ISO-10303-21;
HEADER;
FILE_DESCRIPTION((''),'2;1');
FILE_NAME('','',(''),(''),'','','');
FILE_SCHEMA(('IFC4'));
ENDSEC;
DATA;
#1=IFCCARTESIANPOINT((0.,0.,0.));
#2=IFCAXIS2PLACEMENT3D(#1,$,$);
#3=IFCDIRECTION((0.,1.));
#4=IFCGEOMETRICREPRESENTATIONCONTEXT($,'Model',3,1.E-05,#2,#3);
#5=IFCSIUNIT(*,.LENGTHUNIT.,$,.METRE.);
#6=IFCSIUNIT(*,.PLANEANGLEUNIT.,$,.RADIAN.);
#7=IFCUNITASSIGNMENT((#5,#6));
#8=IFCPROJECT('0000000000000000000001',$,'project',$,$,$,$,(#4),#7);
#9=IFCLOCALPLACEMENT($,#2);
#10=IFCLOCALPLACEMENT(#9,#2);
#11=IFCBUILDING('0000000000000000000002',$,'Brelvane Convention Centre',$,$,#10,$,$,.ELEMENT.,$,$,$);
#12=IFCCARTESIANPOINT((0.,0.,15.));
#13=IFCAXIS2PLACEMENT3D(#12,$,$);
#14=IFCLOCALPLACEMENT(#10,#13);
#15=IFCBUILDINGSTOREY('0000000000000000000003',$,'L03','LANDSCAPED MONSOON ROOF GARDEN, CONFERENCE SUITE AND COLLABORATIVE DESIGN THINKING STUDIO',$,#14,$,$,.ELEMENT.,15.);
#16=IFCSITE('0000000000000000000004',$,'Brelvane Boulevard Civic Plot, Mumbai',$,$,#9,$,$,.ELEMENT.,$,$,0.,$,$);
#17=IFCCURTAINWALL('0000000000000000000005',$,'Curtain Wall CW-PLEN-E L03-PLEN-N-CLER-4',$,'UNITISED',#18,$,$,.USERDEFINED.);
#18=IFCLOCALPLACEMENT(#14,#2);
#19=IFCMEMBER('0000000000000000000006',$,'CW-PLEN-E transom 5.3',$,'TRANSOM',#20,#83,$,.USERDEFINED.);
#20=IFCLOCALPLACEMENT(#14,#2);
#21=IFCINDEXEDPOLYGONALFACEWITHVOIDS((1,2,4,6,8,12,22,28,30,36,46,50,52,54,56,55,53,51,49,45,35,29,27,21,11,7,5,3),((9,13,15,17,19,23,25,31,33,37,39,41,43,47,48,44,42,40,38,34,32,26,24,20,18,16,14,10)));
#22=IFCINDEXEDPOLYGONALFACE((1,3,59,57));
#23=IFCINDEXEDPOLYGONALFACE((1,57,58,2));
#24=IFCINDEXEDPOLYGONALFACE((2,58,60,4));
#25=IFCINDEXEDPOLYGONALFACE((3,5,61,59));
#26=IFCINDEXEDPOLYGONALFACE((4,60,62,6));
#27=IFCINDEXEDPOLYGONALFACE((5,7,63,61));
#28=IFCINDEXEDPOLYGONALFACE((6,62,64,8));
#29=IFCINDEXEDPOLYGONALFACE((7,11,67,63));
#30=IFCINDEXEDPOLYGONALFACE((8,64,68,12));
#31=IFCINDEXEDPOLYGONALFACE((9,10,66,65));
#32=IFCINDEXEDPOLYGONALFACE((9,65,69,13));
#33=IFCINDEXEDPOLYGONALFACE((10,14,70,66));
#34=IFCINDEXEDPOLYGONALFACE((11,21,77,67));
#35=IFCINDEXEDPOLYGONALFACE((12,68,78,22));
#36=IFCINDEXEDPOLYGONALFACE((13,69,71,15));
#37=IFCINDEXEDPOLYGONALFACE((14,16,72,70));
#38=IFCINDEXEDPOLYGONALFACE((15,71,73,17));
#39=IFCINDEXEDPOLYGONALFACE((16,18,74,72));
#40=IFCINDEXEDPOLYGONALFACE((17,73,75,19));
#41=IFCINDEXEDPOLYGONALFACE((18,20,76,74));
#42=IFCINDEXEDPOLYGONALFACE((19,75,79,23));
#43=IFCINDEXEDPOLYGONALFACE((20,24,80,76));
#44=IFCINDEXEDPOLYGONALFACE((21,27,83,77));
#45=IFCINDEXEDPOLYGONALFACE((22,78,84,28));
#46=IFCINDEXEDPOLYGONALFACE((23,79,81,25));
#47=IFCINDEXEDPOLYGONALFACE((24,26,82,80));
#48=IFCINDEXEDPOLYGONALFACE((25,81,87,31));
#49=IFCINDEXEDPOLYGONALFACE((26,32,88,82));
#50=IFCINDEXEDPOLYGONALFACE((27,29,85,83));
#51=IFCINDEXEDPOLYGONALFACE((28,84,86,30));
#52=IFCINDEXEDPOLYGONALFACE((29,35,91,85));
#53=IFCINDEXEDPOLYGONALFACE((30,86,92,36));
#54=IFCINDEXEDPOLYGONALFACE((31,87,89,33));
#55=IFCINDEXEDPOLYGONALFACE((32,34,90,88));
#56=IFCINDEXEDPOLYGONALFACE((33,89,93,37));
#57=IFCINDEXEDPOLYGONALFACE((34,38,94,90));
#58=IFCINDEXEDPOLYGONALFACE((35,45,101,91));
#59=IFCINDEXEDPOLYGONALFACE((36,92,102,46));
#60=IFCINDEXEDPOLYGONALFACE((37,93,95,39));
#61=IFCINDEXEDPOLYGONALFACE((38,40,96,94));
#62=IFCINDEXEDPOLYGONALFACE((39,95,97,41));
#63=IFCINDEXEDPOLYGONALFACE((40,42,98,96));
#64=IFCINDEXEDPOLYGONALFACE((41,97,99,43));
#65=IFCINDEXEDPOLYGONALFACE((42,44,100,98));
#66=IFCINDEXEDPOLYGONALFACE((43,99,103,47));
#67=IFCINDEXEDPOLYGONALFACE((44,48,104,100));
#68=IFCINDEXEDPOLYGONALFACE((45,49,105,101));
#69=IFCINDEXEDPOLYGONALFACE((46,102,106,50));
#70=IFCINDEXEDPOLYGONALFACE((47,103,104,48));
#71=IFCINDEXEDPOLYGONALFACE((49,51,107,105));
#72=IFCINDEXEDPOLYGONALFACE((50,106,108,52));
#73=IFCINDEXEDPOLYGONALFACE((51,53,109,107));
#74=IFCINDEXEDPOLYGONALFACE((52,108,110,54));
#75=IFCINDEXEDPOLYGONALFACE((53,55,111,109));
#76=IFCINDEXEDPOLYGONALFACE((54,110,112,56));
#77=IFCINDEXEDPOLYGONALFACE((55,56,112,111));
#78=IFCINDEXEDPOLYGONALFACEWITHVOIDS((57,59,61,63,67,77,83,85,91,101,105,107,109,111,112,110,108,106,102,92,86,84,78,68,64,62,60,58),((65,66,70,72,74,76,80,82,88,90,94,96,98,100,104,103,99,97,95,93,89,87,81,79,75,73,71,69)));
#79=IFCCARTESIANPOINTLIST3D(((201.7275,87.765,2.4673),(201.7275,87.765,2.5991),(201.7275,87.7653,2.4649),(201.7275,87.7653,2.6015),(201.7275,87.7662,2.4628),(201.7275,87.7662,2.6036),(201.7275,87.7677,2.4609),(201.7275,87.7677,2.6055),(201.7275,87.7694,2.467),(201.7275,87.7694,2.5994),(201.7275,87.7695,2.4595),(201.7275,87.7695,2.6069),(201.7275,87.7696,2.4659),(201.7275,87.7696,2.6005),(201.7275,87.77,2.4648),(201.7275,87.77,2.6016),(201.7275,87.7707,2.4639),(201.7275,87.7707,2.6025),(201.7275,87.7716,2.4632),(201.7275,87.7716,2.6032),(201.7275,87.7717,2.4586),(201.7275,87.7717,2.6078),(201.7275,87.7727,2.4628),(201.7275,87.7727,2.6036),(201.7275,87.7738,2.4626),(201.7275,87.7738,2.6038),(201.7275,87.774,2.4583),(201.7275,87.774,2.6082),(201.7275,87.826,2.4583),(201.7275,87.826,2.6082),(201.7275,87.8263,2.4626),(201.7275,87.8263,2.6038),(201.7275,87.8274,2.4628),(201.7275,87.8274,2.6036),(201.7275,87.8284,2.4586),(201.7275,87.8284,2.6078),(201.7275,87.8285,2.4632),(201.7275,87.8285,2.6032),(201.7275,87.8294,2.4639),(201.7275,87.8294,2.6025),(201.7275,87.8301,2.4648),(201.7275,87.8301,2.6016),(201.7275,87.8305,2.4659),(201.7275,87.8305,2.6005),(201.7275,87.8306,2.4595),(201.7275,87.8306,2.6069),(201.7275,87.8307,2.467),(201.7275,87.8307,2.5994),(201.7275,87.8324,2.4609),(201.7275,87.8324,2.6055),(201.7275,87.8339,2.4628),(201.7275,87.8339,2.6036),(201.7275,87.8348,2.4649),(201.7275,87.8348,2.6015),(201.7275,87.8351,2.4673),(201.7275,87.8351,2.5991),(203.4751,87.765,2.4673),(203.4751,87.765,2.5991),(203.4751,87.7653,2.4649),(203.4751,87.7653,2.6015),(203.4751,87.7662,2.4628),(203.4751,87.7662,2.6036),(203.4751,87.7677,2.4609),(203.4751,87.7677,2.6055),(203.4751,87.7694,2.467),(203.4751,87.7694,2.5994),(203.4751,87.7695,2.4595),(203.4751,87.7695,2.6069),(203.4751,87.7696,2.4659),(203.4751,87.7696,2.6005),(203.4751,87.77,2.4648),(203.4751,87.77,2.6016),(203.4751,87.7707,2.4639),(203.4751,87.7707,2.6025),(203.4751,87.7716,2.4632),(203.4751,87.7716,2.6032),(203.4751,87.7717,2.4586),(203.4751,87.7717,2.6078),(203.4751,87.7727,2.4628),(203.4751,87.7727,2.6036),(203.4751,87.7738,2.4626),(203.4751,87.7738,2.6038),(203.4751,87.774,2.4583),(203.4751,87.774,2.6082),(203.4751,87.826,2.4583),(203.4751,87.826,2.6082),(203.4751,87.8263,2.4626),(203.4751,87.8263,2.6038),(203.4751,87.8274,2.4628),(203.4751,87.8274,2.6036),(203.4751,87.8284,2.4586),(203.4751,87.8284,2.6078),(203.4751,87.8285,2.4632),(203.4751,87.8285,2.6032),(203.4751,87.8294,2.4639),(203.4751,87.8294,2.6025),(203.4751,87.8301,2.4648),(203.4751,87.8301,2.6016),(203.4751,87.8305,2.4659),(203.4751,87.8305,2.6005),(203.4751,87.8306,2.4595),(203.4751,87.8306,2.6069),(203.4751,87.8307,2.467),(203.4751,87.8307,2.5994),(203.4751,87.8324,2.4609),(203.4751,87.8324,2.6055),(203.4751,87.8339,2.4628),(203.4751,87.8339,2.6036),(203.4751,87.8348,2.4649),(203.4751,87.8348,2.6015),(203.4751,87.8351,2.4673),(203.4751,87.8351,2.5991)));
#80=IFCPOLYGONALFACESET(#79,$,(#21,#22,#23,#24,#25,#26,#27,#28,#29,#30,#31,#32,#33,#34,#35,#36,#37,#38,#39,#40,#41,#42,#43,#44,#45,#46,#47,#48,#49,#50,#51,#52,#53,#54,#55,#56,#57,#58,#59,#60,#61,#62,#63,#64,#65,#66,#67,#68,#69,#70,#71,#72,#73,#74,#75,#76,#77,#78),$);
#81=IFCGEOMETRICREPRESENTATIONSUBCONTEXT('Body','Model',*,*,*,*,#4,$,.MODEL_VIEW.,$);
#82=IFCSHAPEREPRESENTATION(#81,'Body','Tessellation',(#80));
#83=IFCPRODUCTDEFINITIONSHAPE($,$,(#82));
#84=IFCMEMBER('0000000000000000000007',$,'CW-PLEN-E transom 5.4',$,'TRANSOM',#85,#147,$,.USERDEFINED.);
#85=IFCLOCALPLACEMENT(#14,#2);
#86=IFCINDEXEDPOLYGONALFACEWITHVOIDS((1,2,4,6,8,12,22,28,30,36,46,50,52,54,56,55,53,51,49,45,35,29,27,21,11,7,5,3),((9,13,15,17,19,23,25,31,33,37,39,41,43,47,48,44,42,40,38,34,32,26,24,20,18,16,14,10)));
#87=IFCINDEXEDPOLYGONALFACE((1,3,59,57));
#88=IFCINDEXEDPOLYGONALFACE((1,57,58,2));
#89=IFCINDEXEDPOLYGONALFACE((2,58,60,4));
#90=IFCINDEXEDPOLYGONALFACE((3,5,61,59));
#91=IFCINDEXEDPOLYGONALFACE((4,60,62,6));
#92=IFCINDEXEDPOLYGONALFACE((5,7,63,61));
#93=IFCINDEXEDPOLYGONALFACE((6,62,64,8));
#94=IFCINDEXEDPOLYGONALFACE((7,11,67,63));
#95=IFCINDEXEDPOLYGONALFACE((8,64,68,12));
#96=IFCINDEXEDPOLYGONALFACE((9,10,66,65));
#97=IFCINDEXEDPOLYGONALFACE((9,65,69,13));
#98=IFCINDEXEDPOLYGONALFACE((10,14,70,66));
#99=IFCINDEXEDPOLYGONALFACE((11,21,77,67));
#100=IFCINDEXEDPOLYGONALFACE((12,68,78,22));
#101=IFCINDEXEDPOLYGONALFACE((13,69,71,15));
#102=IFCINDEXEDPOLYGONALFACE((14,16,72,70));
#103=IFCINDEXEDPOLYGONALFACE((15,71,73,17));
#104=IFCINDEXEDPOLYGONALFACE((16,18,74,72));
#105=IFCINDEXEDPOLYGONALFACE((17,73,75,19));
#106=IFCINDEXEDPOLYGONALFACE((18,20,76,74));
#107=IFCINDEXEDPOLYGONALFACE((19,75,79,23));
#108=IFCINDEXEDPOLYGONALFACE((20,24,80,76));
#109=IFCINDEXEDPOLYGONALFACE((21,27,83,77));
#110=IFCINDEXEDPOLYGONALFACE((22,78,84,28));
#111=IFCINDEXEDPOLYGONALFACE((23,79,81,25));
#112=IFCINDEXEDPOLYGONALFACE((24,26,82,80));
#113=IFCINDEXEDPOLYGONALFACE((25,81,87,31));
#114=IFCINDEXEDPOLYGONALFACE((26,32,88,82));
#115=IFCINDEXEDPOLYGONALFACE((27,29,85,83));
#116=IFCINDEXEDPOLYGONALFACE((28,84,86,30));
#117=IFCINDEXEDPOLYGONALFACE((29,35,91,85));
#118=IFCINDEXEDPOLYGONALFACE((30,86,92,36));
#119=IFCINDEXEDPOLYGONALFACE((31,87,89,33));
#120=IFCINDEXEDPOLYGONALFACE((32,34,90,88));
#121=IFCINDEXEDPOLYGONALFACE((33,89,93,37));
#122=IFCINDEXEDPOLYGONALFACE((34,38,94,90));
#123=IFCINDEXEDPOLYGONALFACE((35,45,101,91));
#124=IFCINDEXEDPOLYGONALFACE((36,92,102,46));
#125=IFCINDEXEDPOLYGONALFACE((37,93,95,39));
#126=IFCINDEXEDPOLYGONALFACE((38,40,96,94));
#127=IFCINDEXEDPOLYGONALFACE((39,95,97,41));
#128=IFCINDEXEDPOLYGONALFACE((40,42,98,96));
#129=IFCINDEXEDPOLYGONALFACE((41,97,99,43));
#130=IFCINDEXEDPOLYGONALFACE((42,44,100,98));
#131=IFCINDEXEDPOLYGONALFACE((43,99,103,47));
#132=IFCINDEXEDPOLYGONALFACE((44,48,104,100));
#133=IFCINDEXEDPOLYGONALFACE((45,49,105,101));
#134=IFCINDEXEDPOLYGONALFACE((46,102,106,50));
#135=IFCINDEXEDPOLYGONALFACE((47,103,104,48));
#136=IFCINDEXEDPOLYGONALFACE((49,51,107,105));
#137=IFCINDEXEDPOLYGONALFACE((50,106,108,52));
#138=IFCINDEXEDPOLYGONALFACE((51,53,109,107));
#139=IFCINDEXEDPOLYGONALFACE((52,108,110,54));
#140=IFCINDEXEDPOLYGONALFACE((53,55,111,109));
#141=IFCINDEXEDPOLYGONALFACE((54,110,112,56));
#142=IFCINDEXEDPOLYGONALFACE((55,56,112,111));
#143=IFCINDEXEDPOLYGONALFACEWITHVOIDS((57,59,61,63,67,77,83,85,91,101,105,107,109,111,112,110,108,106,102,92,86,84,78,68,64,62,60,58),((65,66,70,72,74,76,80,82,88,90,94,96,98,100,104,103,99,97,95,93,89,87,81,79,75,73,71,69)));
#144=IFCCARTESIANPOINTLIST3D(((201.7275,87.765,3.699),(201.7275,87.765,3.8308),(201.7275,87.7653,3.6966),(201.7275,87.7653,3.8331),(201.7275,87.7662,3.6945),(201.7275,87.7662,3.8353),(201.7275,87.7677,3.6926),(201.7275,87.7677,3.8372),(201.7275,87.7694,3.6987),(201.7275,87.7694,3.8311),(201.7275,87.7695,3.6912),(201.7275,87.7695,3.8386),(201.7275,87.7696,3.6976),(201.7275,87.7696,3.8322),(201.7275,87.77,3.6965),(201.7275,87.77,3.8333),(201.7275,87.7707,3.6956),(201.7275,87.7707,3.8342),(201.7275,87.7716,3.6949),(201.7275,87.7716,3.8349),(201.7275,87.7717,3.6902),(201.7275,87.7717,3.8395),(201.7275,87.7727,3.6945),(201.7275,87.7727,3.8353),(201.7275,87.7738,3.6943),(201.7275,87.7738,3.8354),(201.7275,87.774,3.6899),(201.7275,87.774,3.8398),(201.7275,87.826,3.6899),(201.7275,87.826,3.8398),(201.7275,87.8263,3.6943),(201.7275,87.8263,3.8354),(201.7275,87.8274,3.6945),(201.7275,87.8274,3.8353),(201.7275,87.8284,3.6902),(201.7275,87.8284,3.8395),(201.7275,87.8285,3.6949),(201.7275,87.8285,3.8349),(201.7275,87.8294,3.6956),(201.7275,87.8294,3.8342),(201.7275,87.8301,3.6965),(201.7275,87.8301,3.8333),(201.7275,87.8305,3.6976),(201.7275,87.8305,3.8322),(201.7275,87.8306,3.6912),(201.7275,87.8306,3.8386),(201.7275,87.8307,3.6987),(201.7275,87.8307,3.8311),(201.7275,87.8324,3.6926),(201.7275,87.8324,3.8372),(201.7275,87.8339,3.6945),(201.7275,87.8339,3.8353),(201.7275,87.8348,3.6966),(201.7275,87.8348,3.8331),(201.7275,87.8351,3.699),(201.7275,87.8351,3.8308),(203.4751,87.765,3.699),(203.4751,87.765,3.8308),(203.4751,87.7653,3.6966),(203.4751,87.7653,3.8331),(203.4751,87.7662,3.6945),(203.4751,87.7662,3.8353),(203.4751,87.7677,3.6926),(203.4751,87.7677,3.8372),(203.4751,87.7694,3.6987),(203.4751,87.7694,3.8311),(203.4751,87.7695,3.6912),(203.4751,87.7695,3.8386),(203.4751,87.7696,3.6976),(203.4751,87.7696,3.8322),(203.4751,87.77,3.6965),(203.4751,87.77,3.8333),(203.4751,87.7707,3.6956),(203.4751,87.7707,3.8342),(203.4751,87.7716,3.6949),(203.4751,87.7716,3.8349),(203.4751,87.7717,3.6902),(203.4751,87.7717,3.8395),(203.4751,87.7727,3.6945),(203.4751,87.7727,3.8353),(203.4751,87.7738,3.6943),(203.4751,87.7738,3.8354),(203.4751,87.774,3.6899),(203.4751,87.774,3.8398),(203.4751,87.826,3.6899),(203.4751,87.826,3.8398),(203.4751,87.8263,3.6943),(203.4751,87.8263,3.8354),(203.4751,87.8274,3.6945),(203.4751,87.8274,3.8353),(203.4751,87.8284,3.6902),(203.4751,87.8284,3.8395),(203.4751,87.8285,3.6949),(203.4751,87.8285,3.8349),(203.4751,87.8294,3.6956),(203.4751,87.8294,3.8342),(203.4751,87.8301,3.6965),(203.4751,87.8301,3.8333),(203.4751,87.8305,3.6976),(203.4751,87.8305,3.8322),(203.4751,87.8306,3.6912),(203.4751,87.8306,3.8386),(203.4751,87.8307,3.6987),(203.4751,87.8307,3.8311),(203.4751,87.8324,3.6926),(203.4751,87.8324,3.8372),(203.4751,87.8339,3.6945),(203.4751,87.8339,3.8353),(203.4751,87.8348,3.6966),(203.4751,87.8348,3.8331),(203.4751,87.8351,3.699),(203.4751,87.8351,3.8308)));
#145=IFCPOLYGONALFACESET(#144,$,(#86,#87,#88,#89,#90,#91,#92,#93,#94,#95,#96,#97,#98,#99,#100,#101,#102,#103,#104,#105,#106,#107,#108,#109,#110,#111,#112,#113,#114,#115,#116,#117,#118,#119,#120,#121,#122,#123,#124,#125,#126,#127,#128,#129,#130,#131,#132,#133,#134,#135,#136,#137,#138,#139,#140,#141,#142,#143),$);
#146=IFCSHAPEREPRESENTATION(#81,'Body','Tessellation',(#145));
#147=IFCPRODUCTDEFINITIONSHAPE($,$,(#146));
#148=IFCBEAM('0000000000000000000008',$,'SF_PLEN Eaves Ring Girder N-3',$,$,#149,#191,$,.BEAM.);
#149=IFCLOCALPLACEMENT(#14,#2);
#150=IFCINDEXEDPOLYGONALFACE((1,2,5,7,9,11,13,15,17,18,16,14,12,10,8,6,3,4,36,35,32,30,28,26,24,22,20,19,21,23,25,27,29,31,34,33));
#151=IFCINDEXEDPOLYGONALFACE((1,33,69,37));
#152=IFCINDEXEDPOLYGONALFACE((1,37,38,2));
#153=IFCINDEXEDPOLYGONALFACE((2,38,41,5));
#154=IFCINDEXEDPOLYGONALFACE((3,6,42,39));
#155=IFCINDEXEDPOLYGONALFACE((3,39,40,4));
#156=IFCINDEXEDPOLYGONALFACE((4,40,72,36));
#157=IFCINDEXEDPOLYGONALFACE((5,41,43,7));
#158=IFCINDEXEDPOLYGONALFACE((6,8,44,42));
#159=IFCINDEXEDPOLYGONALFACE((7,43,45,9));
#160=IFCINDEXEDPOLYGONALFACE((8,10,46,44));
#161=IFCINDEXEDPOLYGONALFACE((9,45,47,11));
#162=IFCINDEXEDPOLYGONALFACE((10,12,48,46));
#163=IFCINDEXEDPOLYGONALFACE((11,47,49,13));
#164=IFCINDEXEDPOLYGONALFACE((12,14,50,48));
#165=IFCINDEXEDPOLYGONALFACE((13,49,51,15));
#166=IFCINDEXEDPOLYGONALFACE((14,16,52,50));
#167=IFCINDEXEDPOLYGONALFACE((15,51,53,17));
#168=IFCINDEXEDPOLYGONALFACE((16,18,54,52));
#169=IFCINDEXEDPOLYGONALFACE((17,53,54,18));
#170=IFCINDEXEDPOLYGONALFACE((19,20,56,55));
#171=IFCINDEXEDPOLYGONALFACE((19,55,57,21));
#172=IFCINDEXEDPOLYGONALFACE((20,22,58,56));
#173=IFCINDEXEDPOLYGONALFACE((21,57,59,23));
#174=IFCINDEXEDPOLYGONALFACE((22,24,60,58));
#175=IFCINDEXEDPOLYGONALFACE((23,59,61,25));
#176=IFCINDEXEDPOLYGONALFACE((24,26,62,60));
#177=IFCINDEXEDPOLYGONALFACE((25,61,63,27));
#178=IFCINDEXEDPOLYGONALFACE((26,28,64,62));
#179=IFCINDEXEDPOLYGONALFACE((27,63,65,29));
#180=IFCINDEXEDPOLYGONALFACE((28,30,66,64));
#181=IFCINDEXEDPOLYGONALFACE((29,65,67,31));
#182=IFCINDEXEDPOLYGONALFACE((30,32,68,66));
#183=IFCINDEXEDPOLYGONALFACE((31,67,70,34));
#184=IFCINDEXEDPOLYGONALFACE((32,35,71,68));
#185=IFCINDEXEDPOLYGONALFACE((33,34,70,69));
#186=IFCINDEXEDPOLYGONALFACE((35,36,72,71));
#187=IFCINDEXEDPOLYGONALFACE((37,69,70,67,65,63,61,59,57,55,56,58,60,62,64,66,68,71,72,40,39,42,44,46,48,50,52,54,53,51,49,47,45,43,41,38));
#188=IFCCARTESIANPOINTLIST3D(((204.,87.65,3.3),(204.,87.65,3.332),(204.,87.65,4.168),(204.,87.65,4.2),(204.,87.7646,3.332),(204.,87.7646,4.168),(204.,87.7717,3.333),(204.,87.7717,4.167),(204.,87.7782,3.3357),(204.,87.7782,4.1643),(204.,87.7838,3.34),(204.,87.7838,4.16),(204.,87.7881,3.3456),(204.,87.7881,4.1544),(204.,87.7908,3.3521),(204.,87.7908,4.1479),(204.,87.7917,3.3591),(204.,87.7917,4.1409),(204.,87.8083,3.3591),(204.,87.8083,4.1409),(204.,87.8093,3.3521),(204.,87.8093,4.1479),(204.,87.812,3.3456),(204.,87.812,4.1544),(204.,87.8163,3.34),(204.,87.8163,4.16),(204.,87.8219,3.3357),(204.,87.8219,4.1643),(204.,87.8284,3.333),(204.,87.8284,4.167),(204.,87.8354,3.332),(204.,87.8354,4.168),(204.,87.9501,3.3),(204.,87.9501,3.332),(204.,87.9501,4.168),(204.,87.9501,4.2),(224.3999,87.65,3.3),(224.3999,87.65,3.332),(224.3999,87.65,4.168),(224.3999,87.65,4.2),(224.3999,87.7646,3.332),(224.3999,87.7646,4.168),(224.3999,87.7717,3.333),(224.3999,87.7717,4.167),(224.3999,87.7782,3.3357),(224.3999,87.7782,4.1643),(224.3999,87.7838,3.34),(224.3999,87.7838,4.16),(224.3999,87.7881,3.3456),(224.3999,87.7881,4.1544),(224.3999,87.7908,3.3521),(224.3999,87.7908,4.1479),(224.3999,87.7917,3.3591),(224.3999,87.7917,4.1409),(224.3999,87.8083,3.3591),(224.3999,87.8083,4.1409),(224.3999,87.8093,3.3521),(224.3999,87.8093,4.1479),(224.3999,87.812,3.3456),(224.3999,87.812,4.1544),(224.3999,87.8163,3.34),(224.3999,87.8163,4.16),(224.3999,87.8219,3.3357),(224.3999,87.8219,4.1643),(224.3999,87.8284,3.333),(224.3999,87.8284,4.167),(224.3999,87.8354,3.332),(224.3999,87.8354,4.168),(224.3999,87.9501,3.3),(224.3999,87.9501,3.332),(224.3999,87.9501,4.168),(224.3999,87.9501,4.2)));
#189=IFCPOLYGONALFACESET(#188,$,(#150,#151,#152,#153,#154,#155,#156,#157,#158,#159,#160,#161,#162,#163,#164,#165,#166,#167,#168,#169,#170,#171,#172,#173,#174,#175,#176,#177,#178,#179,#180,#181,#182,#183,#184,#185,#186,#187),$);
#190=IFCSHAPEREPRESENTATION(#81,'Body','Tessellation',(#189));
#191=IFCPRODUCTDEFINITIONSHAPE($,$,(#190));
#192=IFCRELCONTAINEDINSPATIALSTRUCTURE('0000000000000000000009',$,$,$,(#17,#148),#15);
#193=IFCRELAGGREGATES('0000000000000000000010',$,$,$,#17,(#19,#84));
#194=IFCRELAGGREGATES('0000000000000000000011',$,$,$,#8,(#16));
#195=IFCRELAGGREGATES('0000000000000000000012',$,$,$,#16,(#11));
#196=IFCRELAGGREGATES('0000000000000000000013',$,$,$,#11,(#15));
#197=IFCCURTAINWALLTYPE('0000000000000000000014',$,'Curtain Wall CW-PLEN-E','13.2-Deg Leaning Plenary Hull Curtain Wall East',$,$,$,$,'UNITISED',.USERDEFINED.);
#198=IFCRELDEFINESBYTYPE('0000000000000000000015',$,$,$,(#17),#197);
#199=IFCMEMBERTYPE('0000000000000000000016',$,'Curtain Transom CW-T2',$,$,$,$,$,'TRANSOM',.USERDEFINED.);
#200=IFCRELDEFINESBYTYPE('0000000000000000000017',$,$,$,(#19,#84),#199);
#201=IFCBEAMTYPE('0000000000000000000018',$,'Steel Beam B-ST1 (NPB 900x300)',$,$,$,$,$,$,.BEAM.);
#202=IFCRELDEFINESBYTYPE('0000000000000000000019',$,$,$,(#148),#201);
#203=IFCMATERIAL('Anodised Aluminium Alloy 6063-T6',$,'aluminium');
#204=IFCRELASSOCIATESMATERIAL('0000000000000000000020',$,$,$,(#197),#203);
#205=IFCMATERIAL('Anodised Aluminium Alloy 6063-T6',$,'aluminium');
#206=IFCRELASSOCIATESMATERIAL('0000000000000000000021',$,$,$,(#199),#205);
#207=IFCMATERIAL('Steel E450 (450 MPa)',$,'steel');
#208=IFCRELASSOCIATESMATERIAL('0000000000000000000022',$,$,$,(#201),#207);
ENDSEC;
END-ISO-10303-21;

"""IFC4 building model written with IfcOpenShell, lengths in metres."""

from ifc_helpers import new_model, si_unit, direction, frame, origin, origin_2d, place, context, subcontext, project, spatial, hollow_rectangle, i_section, extrude, material, material_profile, profile_set, type_object, element, aggregate, save


model = new_model("IFC4")

# Units and contexts
model_context = context("Model", 3, precision=1e-05, world=origin(), true_north=direction((0.0, 1.0)))
body_context = subcontext(model_context, "Body", "Model", "MODEL_VIEW")
ifc_project = project(units=[si_unit("LENGTHUNIT", "METRE"), si_unit("PLANEANGLEUNIT", "RADIAN")], contexts=[model_context])

# Site, building, storey
site_placement = place(None, origin())
site = spatial("IfcSite", under=ifc_project, at=site_placement, Name="Brelvane Boulevard Civic Plot, Mumbai", CompositionType="ELEMENT", RefElevation=0.0)
building_placement = place(site_placement, origin())
building = spatial("IfcBuilding", under=site, at=building_placement, Name="Brelvane Convention Centre", CompositionType="ELEMENT")
storey_placement = place(building_placement, frame((0.0, 0.0, 15.0)))
storey = spatial("IfcBuildingStorey", under=building, at=storey_placement, Name="L03", Description="LANDSCAPED MONSOON ROOF GARDEN, CONFERENCE SUITE AND COLLABORATIVE DESIGN THINKING STUDIO", CompositionType="ELEMENT", Elevation=15.0)

# Curtain wall, members
ifc_material_1 = material(Name="Anodised Aluminium Alloy 6063-T6", Category="aluminium")
curtain_wall_type = type_object("IfcCurtainWallType", Name="Curtain Wall CW-PLEN-E", Description="13.2-Deg Leaning Plenary Hull Curtain Wall East", ElementType="UNITISED", PredefinedType="USERDEFINED", material=ifc_material_1)
curtain_wall_placement = place(storey_placement, origin())
curtain_wall = element("IfcCurtainWall", 1, at=curtain_wall_placement, inside=storey, type_object=curtain_wall_type, Name="Curtain Wall CW-PLEN-E L03-PLEN-N-CLER-4", ObjectType="UNITISED", PredefinedType="USERDEFINED")
ifc_material_2 = material(Name="Anodised Aluminium Alloy 6063-T6", Category="aluminium")
ifc_material_profile_1 = material_profile(ifc_material_2, hollow_rectangle(XDim=0.0701, YDim=0.1499, WallThickness=0.0044, InnerFilletRadius=0.0044, OuterFilletRadius=0.009, at=origin_2d()), Name="ALU-T 150x70x4.5")
ifc_profile_set_1 = profile_set([ifc_material_profile_1], Name="Anodised Aluminium Alloy 6063-T6")
member_type_1 = type_object("IfcMemberType", Name="Curtain Transom CW-T2", ElementType="TRANSOM", PredefinedType="USERDEFINED", material=ifc_profile_set_1)
member_1_placement = place(storey_placement, frame((201.7275, 87.8, 2.5332), z_axis=(1.0, 0.0, 0.0), x_axis=(0.0, 1.0, 0.0)))
member_1 = element("IfcMember", 2, at=member_1_placement, type_object=member_type_1, Name="CW-PLEN-E transom 5.3", ObjectType="TRANSOM", PredefinedType="USERDEFINED", context=body_context, shape_type="SweptSolid", body=[
    extrude(hollow_rectangle(XDim=0.0701, YDim=0.1499, WallThickness=0.0044, InnerFilletRadius=0.0044, OuterFilletRadius=0.009, at=origin_2d()), origin(), (0.0, 0.0, 1.0), 1.7476),
])
member_2_placement = place(storey_placement, frame((201.7275, 87.8, 3.7649), z_axis=(1.0, 0.0, 0.0), x_axis=(0.0, 1.0, 0.0)))
member_2 = element("IfcMember", 3, at=member_2_placement, type_object=member_type_1, Name="CW-PLEN-E transom 5.4", ObjectType="TRANSOM", PredefinedType="USERDEFINED", context=body_context, shape_type="SweptSolid", body=[
    extrude(hollow_rectangle(XDim=0.0701, YDim=0.1499, WallThickness=0.0044, InnerFilletRadius=0.0044, OuterFilletRadius=0.009, at=origin_2d()), origin(), (0.0, 0.0, 1.0), 1.7476),
])

# Beam
ifc_material_3 = material(Name="Steel E450 (450 MPa)", Category="steel")
ifc_material_profile_2 = material_profile(ifc_material_3, i_section(OverallWidth=0.3, OverallDepth=0.8999, WebThickness=0.0166, FlangeThickness=0.032, FilletRadius=0.0271, at=origin_2d()), Name="NPB 900x300")
ifc_profile_set_2 = profile_set([ifc_material_profile_2], Name="Steel E450 (450 MPa)")
beam_type_1 = type_object("IfcBeamType", Name="Steel Beam B-ST1 (NPB 900x300)", PredefinedType="BEAM", material=ifc_profile_set_2)
beam_1_placement = place(storey_placement, frame((204.0, 87.8, 3.75), z_axis=(1.0, 0.0, 0.0), x_axis=(0.0, 1.0, 0.0)))
element("IfcBeam", 4, at=beam_1_placement, inside=storey, type_object=beam_type_1, Name="SF_PLEN Eaves Ring Girder N-3", PredefinedType="BEAM", context=body_context, shape_type="SweptSolid", body=[
    extrude(i_section(OverallWidth=0.3, OverallDepth=0.8999, WebThickness=0.0166, FlangeThickness=0.032, FilletRadius=0.0271, at=origin_2d()), origin(), (0.0, 0.0, 1.0), 20.3999),
])

aggregate(curtain_wall, [member_1, member_2])

save(model, "model.ifc")
